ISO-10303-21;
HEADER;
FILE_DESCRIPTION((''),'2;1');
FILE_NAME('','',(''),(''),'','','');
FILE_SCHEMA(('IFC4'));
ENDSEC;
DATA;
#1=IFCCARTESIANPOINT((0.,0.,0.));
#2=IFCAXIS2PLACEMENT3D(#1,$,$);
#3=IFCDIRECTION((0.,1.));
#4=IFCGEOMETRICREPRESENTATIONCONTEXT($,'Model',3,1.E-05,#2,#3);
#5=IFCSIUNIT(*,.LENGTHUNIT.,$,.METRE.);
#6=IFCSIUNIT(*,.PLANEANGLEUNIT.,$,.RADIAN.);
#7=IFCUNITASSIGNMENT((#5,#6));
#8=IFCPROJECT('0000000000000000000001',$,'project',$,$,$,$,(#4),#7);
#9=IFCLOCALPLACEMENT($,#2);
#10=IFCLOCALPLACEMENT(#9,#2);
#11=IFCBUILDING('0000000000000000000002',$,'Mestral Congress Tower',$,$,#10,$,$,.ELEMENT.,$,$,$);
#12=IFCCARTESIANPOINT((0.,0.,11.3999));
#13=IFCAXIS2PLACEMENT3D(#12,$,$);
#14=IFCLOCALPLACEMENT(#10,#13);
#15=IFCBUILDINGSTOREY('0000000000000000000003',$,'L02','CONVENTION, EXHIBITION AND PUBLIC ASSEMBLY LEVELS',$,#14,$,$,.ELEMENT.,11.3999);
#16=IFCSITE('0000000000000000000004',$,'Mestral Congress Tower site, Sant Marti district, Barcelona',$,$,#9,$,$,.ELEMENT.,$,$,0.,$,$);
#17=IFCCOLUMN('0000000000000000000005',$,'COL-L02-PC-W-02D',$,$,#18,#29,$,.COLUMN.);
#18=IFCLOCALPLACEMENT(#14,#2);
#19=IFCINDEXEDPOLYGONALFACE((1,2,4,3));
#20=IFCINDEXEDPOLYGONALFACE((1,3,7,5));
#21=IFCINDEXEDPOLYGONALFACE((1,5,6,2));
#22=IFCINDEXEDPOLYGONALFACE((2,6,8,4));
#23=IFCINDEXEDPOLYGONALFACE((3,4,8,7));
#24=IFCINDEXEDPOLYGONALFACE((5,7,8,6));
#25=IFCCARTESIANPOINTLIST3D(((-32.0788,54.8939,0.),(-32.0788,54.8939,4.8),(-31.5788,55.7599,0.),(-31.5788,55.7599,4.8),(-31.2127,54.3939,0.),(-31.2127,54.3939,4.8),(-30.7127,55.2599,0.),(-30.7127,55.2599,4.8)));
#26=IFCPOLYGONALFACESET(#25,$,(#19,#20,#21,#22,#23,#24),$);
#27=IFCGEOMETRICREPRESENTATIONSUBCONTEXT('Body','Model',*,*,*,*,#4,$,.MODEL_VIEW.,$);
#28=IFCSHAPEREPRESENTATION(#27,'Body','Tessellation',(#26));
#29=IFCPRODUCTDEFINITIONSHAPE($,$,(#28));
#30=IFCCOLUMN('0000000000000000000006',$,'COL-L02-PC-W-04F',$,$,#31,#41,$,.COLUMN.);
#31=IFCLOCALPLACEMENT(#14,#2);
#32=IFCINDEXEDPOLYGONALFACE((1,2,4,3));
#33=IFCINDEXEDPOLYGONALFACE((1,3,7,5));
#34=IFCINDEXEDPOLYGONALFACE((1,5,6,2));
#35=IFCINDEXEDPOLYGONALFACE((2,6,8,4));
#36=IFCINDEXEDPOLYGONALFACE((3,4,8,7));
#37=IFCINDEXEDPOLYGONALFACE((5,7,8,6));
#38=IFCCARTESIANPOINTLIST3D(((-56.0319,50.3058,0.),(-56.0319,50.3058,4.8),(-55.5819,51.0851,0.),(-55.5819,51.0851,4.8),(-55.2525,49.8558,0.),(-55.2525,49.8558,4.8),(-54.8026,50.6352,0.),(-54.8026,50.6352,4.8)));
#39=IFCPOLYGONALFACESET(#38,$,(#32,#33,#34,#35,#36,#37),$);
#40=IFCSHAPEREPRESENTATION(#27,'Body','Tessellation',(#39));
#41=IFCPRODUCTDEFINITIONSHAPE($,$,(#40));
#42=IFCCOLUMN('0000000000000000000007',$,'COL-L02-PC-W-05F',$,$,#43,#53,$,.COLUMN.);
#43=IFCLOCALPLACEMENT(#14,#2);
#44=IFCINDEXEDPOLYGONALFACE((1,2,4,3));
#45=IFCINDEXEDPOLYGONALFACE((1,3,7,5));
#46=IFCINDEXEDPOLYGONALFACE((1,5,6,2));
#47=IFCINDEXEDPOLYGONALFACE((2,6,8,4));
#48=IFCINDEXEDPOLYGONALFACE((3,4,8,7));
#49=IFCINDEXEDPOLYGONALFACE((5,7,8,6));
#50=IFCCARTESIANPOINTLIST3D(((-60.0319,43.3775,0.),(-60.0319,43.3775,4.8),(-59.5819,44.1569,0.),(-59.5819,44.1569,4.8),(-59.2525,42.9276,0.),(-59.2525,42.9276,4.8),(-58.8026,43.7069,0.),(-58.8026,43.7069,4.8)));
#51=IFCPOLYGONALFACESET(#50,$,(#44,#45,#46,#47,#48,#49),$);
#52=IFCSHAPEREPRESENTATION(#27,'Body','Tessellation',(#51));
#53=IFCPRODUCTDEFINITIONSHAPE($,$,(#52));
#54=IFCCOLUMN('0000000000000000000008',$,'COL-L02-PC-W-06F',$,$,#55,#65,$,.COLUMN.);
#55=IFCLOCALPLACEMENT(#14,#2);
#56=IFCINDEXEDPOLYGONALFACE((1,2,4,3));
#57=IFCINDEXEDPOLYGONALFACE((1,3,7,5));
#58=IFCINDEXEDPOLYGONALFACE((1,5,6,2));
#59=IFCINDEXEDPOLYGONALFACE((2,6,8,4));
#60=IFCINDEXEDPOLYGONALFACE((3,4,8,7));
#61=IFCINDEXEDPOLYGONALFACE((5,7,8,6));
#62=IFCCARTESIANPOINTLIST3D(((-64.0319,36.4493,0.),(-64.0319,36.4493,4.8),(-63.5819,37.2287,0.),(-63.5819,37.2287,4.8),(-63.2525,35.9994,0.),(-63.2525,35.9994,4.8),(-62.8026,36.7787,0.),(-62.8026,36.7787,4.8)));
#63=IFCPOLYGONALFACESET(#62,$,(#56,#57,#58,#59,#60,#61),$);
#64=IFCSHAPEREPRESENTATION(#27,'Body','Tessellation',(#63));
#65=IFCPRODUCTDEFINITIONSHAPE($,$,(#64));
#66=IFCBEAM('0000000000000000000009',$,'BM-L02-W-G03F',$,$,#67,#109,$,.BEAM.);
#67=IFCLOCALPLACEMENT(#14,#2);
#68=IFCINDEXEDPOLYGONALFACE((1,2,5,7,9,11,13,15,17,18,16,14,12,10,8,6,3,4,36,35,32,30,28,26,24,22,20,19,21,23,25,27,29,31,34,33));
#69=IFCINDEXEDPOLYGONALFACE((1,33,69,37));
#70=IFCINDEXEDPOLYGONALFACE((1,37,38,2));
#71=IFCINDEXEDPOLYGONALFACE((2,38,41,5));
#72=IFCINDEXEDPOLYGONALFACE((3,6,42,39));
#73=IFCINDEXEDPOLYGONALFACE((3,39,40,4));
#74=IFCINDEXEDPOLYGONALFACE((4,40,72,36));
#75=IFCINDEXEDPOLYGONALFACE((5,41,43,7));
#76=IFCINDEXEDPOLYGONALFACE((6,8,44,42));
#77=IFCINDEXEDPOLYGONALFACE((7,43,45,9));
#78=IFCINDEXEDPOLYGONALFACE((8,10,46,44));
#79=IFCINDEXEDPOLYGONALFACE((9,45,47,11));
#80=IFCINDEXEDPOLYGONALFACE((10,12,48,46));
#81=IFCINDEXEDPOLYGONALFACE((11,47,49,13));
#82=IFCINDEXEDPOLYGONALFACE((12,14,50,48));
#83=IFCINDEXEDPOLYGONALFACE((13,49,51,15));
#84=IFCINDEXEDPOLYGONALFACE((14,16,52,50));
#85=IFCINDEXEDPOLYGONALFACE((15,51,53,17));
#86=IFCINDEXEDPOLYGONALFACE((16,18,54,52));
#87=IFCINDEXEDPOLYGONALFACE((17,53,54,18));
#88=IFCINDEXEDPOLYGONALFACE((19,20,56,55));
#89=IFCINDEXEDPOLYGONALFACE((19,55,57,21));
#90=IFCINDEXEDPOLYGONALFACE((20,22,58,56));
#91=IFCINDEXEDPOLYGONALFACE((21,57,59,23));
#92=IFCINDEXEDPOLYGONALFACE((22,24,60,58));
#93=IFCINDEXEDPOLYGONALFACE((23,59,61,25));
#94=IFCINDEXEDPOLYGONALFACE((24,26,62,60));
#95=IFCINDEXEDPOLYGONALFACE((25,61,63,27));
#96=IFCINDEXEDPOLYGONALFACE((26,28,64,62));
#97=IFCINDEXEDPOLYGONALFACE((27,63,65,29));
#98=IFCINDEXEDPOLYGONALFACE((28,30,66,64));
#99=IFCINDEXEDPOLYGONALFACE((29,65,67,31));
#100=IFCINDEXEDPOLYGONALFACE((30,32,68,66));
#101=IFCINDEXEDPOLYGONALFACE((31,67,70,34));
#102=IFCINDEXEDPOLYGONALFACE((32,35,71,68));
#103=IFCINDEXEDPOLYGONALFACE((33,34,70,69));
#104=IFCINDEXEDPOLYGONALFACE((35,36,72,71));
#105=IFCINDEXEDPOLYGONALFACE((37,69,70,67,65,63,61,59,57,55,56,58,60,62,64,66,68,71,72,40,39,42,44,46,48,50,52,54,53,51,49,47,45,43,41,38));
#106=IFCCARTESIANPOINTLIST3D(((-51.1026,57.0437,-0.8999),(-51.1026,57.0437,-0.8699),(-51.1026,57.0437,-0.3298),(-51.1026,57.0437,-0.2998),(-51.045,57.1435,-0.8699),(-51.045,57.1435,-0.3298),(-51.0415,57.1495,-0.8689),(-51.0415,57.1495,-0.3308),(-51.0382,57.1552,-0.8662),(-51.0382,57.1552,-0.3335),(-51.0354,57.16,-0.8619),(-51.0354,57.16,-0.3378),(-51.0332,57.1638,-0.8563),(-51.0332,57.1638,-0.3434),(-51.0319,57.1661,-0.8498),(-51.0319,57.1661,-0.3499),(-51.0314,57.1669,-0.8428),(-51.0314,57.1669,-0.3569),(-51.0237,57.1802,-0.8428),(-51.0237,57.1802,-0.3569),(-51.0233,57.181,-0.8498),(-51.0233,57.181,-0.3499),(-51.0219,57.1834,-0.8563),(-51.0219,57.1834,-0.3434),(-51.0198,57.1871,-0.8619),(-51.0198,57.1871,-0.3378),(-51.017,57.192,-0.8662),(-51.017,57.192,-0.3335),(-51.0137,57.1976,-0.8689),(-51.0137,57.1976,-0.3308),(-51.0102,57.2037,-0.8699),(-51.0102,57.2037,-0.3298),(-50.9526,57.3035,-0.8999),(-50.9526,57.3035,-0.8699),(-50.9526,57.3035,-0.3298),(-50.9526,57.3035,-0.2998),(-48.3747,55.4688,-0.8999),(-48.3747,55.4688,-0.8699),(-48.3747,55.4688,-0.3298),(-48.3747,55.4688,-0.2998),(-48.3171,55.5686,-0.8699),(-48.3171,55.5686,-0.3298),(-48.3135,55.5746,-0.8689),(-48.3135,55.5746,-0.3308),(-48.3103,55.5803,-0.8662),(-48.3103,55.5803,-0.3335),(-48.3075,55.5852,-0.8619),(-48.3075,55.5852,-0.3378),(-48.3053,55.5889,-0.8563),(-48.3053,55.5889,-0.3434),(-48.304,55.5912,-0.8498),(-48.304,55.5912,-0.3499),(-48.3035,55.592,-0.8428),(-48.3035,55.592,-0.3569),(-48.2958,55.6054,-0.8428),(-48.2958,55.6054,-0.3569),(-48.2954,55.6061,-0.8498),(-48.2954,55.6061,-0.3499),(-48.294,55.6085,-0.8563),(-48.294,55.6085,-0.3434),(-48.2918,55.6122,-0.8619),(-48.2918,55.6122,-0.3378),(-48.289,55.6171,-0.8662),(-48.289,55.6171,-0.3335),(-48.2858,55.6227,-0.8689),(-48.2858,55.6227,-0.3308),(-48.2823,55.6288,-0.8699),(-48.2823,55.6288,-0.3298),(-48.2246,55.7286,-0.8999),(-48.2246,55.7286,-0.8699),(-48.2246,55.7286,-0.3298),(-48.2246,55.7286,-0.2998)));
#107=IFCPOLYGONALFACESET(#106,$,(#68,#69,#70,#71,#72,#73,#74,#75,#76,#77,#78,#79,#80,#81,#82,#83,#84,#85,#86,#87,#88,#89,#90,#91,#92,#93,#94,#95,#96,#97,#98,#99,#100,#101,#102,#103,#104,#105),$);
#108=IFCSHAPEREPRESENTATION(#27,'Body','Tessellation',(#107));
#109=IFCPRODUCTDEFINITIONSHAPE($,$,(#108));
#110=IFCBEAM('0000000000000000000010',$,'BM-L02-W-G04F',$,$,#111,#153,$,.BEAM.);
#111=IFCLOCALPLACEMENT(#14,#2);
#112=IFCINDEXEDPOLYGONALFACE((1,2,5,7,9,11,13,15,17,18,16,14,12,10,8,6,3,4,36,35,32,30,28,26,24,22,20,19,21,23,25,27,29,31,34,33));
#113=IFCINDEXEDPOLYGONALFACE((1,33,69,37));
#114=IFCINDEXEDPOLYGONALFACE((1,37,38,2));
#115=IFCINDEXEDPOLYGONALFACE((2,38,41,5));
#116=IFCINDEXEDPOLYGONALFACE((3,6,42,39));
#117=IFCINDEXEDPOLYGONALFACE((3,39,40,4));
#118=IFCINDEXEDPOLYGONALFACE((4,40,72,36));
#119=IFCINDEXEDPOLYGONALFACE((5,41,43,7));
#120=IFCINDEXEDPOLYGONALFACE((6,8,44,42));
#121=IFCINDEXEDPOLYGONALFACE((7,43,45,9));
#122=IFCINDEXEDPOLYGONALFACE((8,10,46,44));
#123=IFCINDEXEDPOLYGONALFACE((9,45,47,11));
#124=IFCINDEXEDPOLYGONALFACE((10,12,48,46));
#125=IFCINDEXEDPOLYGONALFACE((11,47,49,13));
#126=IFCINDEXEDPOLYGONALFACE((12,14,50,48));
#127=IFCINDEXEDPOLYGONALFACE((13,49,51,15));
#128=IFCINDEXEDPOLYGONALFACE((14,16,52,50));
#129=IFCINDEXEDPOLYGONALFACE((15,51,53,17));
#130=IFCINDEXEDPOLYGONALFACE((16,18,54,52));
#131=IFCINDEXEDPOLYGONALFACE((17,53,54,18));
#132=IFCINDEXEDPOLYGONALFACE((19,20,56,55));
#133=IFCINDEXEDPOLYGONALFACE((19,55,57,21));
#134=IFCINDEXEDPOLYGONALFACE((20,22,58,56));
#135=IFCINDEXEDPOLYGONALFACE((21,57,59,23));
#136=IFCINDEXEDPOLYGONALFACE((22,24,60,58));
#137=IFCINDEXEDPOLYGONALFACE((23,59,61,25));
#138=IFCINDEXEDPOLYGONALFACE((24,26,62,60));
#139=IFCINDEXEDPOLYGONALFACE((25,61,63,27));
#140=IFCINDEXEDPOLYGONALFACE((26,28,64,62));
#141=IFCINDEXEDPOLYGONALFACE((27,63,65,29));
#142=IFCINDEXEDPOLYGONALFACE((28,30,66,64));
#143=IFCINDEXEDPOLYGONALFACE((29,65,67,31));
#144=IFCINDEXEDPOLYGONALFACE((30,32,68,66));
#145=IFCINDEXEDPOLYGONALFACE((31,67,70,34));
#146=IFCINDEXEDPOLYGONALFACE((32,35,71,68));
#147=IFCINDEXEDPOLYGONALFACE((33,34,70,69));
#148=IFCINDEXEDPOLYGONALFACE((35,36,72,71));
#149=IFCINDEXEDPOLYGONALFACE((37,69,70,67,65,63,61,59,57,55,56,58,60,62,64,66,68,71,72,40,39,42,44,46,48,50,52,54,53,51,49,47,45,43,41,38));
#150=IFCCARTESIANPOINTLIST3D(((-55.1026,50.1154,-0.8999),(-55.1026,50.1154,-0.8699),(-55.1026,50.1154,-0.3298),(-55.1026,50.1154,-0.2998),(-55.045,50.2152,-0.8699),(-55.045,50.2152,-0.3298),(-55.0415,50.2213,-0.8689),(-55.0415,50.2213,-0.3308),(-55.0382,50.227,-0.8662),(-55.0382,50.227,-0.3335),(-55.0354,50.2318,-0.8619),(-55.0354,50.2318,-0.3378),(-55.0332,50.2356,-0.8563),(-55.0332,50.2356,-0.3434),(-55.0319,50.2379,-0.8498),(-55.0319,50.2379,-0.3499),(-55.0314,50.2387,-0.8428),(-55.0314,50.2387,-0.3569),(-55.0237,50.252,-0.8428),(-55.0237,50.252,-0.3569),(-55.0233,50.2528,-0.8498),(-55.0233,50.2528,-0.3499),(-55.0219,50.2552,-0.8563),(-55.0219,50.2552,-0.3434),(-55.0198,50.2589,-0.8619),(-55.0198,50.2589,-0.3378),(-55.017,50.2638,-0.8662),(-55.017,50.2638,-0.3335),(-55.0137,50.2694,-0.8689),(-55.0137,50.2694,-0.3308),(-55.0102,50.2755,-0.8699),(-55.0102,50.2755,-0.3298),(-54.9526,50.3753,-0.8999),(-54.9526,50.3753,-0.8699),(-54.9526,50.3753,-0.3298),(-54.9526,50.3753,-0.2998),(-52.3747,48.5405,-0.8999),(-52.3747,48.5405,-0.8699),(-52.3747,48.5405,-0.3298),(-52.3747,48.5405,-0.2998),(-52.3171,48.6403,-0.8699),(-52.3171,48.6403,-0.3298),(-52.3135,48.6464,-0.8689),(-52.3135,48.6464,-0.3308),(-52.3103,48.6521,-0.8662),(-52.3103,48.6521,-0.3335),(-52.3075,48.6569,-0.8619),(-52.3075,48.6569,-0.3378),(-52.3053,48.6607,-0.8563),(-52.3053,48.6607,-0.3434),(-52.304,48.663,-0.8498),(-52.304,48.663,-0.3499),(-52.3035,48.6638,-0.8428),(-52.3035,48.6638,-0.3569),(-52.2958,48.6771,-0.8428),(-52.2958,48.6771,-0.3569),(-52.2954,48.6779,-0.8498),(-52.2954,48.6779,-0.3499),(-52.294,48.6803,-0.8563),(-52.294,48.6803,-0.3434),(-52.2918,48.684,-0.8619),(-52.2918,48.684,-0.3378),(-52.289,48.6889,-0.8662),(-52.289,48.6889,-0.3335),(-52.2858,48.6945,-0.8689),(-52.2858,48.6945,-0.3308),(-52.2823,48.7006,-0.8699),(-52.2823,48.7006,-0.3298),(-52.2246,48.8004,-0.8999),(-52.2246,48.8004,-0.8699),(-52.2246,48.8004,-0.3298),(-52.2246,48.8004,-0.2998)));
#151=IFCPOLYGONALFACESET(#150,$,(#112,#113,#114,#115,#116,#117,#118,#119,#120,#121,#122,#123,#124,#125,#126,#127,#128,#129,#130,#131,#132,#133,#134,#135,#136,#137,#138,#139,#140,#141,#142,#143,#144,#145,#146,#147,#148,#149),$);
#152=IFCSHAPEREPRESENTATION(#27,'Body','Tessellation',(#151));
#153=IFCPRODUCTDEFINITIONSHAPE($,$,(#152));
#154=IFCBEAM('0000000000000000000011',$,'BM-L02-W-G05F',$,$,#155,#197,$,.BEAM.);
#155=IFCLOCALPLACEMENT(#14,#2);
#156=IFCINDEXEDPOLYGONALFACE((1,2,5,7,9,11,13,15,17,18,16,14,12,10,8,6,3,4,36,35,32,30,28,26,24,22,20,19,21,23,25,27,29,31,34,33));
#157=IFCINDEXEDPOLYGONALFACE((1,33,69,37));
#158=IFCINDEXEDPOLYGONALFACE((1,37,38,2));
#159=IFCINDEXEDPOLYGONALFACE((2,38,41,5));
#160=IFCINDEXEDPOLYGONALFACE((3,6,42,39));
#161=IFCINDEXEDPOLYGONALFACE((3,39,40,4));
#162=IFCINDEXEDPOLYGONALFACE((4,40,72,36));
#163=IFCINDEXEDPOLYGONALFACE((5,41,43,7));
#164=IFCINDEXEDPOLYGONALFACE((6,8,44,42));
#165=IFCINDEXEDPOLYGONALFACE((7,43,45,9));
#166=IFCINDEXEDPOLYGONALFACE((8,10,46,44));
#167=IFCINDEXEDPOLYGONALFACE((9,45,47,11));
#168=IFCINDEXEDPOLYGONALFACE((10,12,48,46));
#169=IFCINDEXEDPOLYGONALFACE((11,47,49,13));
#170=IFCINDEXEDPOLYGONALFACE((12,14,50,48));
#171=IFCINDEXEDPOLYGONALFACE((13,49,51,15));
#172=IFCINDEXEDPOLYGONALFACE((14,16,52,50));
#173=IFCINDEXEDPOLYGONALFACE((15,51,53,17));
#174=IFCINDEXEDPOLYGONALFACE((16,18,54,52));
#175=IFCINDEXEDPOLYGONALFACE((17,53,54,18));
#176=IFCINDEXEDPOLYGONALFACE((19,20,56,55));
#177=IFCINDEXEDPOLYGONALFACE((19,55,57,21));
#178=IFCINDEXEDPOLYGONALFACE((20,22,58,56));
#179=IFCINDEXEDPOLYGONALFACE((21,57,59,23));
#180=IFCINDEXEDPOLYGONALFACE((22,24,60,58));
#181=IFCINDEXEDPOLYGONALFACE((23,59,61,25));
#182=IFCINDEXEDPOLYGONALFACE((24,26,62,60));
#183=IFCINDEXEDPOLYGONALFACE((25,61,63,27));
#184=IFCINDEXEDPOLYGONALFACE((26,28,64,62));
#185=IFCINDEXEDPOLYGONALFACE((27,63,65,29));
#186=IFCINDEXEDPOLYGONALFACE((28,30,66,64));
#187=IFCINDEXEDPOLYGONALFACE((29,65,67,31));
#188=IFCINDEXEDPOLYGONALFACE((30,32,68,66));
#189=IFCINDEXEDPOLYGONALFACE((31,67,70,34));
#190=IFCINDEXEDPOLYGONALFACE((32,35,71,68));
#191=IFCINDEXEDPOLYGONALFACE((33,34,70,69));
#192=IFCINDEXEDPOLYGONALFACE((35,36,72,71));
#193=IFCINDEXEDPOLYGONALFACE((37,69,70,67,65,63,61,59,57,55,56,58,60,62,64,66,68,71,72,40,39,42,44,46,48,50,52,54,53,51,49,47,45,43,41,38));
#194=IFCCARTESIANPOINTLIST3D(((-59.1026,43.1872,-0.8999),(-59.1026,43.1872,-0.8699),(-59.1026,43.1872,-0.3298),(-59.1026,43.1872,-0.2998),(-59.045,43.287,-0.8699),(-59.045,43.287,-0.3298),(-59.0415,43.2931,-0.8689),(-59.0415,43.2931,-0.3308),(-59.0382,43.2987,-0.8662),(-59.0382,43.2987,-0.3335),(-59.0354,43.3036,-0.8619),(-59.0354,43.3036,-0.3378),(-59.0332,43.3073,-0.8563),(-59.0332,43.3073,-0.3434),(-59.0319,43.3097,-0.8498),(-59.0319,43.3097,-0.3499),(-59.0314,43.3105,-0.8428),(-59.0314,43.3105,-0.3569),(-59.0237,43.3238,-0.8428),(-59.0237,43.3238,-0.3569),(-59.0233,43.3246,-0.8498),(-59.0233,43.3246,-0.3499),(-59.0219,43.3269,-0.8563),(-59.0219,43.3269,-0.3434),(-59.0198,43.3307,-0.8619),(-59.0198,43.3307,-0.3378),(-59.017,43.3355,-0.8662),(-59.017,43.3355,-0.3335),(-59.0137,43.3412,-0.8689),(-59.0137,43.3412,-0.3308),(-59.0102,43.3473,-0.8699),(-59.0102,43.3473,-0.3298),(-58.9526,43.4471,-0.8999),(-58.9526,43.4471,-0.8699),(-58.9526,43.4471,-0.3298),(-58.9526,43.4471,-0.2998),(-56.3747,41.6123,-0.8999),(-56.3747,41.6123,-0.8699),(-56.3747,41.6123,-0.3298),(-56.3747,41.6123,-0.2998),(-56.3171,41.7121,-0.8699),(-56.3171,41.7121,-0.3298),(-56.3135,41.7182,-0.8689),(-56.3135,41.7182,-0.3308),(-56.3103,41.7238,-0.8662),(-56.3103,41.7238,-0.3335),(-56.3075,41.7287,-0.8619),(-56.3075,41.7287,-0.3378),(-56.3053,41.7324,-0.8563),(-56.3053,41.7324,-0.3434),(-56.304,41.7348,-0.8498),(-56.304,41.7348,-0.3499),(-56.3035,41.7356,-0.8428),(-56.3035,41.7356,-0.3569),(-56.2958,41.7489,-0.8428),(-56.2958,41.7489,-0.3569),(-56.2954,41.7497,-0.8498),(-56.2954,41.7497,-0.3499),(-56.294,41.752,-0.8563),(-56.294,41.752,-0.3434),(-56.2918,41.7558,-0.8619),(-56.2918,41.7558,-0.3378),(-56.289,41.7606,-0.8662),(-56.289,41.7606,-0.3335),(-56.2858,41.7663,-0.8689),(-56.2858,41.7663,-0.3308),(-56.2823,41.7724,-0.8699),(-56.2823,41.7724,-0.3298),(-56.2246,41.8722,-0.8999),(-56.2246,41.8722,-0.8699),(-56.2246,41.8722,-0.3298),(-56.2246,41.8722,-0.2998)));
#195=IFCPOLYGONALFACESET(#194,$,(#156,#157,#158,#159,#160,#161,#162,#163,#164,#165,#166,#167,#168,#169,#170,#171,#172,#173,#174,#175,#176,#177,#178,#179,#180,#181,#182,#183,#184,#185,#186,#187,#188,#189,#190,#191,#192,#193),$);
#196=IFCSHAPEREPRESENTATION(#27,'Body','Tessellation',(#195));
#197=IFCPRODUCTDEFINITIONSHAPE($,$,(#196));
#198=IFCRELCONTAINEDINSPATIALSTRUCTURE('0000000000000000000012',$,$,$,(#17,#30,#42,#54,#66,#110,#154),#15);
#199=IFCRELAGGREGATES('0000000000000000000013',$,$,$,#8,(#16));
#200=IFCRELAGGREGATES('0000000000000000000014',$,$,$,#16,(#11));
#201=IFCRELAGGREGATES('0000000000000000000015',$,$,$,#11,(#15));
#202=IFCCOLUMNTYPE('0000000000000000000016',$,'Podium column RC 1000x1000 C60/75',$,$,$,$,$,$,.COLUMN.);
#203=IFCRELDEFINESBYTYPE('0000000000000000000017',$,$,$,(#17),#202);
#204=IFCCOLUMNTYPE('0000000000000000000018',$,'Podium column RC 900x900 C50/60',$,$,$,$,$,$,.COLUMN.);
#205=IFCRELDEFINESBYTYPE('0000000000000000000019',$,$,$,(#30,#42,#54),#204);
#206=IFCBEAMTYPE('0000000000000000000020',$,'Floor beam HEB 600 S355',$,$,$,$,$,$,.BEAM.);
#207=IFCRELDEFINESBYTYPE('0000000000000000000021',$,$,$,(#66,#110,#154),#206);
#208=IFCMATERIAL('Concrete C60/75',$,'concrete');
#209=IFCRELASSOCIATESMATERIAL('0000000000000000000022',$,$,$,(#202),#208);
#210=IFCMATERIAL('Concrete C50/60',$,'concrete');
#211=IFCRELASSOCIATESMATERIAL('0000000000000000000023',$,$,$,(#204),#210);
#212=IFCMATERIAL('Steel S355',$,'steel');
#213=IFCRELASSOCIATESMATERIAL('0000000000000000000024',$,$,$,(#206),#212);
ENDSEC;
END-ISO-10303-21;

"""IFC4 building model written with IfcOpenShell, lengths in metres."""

from ifc_helpers import new_model, si_unit, direction, frame, origin, origin_2d, place, context, subcontext, project, spatial, rectangle, i_section, extrude, material, material_profile, profile_set, type_object, element, save


model = new_model("IFC4")

# Units and contexts
model_context = context("Model", 3, precision=1e-05, world=origin(), true_north=direction((0.0, 1.0)))
body_context = subcontext(model_context, "Body", "Model", "MODEL_VIEW")
ifc_project = project(units=[si_unit("LENGTHUNIT", "METRE"), si_unit("PLANEANGLEUNIT", "RADIAN")], contexts=[model_context])

# Site, building, storey
site_placement = place(None, origin())
site = spatial("IfcSite", under=ifc_project, at=site_placement, Name="Mestral Congress Tower site, Sant Marti district, Barcelona", CompositionType="ELEMENT", RefElevation=0.0)
building_placement = place(site_placement, origin())
building = spatial("IfcBuilding", under=site, at=building_placement, Name="Mestral Congress Tower", CompositionType="ELEMENT")
storey_placement = place(building_placement, frame((0.0, 0.0, 11.3999)))
storey = spatial("IfcBuildingStorey", under=building, at=storey_placement, Name="L02", Description="CONVENTION, EXHIBITION AND PUBLIC ASSEMBLY LEVELS", CompositionType="ELEMENT", Elevation=11.3999)

# Columns
ifc_material_1 = material(Name="Concrete C60/75", Category="concrete")
ifc_material_profile_1 = material_profile(ifc_material_1, rectangle(XDim=1.0, YDim=1.0, at=origin_2d()), Name="RC 1000x1000")
ifc_profile_set_1 = profile_set([ifc_material_profile_1], Name="Concrete C60/75")
column_type_1 = type_object("IfcColumnType", Name="Podium column RC 1000x1000 C60/75", PredefinedType="COLUMN", material=ifc_profile_set_1)
column_placement = place(storey_placement, frame((-31.3958, 55.0769, 0.0), z_axis=(0.0, 0.0, 1.0), x_axis=(-0.5, -0.866025, 0.0)))
element("IfcColumn", 1, at=column_placement, inside=storey, type_object=column_type_1, Name="COL-L02-PC-W-02D", PredefinedType="COLUMN", context=body_context, shape_type="SweptSolid", body=[
    extrude(rectangle(XDim=1.0, YDim=1.0, at=origin_2d()), origin(), (0.0, 0.0, 1.0), 4.8),
])
ifc_material_2 = material(Name="Concrete C50/60", Category="concrete")
ifc_material_profile_2 = material_profile(ifc_material_2, rectangle(XDim=0.8999, YDim=0.8999, at=origin_2d()), Name="RC 900x900")
ifc_profile_set_2 = profile_set([ifc_material_profile_2], Name="Concrete C50/60")
column_type_2 = type_object("IfcColumnType", Name="Podium column RC 900x900 C50/60", PredefinedType="COLUMN", material=ifc_profile_set_2)
for number, where, z_axis, x_axis, name in (
    (2, (-55.4172, 50.4705, 0.0), (0.0, 0.0, 1.0), (-0.5, -0.866025, 0.0), "COL-L02-PC-W-04F"),
    (3, (-59.4172, 43.5422, 0.0), (0.0, 0.0, 1.0), (-0.5, -0.866025, 0.0), "COL-L02-PC-W-05F"),
    (4, (-63.4172, 36.614, 0.0), (0.0, 0.0, 1.0), (-0.5, -0.866025, 0.0), "COL-L02-PC-W-06F"),
):
    element("IfcColumn", number, at=place(storey_placement, frame(where, z_axis=z_axis, x_axis=x_axis)), inside=storey, type_object=column_type_2, Name=name, PredefinedType="COLUMN", context=body_context, shape_type="SweptSolid", body=[
        extrude(rectangle(XDim=0.8999, YDim=0.8999, at=origin_2d()), origin(), (0.0, 0.0, 1.0), 4.8),
    ])

# Beams
ifc_material_3 = material(Name="Steel S355", Category="steel")
ifc_material_profile_3 = material_profile(ifc_material_3, i_section(OverallWidth=0.3, OverallDepth=0.6001, WebThickness=0.0154, FlangeThickness=0.03, FilletRadius=0.0271, at=origin_2d()), Name="HEB 600")
ifc_profile_set_3 = profile_set([ifc_material_profile_3], Name="Steel S355")
beam_type_1 = type_object("IfcBeamType", Name="Floor beam HEB 600 S355", PredefinedType="BEAM", material=ifc_profile_set_3)
for number, where, z_axis, x_axis, name in (
    (5, (-51.0276, 57.1736, -0.5999), (0.866036, -0.499982, 0.0), (0.499982, 0.866036, 0.0), "BM-L02-W-G03F"),
    (6, (-55.0276, 50.2454, -0.5999), (0.866036, -0.499982, 0.0), (0.499982, 0.866036, 0.0), "BM-L02-W-G04F"),
    (7, (-59.0276, 43.3171, -0.5999), (0.866036, -0.499982, 0.0), (0.499982, 0.866036, 0.0), "BM-L02-W-G05F"),
):
    element("IfcBeam", number, at=place(storey_placement, frame(where, z_axis=z_axis, x_axis=x_axis)), inside=storey, type_object=beam_type_1, Name=name, PredefinedType="BEAM", context=body_context, shape_type="SweptSolid", body=[
        extrude(i_section(OverallWidth=0.3, OverallDepth=0.6001, WebThickness=0.0154, FlangeThickness=0.03, FilletRadius=0.0271, at=origin_2d()), origin(), (0.0, 0.0, 1.0), 3.1499),
    ])

save(model, "model.ifc")
